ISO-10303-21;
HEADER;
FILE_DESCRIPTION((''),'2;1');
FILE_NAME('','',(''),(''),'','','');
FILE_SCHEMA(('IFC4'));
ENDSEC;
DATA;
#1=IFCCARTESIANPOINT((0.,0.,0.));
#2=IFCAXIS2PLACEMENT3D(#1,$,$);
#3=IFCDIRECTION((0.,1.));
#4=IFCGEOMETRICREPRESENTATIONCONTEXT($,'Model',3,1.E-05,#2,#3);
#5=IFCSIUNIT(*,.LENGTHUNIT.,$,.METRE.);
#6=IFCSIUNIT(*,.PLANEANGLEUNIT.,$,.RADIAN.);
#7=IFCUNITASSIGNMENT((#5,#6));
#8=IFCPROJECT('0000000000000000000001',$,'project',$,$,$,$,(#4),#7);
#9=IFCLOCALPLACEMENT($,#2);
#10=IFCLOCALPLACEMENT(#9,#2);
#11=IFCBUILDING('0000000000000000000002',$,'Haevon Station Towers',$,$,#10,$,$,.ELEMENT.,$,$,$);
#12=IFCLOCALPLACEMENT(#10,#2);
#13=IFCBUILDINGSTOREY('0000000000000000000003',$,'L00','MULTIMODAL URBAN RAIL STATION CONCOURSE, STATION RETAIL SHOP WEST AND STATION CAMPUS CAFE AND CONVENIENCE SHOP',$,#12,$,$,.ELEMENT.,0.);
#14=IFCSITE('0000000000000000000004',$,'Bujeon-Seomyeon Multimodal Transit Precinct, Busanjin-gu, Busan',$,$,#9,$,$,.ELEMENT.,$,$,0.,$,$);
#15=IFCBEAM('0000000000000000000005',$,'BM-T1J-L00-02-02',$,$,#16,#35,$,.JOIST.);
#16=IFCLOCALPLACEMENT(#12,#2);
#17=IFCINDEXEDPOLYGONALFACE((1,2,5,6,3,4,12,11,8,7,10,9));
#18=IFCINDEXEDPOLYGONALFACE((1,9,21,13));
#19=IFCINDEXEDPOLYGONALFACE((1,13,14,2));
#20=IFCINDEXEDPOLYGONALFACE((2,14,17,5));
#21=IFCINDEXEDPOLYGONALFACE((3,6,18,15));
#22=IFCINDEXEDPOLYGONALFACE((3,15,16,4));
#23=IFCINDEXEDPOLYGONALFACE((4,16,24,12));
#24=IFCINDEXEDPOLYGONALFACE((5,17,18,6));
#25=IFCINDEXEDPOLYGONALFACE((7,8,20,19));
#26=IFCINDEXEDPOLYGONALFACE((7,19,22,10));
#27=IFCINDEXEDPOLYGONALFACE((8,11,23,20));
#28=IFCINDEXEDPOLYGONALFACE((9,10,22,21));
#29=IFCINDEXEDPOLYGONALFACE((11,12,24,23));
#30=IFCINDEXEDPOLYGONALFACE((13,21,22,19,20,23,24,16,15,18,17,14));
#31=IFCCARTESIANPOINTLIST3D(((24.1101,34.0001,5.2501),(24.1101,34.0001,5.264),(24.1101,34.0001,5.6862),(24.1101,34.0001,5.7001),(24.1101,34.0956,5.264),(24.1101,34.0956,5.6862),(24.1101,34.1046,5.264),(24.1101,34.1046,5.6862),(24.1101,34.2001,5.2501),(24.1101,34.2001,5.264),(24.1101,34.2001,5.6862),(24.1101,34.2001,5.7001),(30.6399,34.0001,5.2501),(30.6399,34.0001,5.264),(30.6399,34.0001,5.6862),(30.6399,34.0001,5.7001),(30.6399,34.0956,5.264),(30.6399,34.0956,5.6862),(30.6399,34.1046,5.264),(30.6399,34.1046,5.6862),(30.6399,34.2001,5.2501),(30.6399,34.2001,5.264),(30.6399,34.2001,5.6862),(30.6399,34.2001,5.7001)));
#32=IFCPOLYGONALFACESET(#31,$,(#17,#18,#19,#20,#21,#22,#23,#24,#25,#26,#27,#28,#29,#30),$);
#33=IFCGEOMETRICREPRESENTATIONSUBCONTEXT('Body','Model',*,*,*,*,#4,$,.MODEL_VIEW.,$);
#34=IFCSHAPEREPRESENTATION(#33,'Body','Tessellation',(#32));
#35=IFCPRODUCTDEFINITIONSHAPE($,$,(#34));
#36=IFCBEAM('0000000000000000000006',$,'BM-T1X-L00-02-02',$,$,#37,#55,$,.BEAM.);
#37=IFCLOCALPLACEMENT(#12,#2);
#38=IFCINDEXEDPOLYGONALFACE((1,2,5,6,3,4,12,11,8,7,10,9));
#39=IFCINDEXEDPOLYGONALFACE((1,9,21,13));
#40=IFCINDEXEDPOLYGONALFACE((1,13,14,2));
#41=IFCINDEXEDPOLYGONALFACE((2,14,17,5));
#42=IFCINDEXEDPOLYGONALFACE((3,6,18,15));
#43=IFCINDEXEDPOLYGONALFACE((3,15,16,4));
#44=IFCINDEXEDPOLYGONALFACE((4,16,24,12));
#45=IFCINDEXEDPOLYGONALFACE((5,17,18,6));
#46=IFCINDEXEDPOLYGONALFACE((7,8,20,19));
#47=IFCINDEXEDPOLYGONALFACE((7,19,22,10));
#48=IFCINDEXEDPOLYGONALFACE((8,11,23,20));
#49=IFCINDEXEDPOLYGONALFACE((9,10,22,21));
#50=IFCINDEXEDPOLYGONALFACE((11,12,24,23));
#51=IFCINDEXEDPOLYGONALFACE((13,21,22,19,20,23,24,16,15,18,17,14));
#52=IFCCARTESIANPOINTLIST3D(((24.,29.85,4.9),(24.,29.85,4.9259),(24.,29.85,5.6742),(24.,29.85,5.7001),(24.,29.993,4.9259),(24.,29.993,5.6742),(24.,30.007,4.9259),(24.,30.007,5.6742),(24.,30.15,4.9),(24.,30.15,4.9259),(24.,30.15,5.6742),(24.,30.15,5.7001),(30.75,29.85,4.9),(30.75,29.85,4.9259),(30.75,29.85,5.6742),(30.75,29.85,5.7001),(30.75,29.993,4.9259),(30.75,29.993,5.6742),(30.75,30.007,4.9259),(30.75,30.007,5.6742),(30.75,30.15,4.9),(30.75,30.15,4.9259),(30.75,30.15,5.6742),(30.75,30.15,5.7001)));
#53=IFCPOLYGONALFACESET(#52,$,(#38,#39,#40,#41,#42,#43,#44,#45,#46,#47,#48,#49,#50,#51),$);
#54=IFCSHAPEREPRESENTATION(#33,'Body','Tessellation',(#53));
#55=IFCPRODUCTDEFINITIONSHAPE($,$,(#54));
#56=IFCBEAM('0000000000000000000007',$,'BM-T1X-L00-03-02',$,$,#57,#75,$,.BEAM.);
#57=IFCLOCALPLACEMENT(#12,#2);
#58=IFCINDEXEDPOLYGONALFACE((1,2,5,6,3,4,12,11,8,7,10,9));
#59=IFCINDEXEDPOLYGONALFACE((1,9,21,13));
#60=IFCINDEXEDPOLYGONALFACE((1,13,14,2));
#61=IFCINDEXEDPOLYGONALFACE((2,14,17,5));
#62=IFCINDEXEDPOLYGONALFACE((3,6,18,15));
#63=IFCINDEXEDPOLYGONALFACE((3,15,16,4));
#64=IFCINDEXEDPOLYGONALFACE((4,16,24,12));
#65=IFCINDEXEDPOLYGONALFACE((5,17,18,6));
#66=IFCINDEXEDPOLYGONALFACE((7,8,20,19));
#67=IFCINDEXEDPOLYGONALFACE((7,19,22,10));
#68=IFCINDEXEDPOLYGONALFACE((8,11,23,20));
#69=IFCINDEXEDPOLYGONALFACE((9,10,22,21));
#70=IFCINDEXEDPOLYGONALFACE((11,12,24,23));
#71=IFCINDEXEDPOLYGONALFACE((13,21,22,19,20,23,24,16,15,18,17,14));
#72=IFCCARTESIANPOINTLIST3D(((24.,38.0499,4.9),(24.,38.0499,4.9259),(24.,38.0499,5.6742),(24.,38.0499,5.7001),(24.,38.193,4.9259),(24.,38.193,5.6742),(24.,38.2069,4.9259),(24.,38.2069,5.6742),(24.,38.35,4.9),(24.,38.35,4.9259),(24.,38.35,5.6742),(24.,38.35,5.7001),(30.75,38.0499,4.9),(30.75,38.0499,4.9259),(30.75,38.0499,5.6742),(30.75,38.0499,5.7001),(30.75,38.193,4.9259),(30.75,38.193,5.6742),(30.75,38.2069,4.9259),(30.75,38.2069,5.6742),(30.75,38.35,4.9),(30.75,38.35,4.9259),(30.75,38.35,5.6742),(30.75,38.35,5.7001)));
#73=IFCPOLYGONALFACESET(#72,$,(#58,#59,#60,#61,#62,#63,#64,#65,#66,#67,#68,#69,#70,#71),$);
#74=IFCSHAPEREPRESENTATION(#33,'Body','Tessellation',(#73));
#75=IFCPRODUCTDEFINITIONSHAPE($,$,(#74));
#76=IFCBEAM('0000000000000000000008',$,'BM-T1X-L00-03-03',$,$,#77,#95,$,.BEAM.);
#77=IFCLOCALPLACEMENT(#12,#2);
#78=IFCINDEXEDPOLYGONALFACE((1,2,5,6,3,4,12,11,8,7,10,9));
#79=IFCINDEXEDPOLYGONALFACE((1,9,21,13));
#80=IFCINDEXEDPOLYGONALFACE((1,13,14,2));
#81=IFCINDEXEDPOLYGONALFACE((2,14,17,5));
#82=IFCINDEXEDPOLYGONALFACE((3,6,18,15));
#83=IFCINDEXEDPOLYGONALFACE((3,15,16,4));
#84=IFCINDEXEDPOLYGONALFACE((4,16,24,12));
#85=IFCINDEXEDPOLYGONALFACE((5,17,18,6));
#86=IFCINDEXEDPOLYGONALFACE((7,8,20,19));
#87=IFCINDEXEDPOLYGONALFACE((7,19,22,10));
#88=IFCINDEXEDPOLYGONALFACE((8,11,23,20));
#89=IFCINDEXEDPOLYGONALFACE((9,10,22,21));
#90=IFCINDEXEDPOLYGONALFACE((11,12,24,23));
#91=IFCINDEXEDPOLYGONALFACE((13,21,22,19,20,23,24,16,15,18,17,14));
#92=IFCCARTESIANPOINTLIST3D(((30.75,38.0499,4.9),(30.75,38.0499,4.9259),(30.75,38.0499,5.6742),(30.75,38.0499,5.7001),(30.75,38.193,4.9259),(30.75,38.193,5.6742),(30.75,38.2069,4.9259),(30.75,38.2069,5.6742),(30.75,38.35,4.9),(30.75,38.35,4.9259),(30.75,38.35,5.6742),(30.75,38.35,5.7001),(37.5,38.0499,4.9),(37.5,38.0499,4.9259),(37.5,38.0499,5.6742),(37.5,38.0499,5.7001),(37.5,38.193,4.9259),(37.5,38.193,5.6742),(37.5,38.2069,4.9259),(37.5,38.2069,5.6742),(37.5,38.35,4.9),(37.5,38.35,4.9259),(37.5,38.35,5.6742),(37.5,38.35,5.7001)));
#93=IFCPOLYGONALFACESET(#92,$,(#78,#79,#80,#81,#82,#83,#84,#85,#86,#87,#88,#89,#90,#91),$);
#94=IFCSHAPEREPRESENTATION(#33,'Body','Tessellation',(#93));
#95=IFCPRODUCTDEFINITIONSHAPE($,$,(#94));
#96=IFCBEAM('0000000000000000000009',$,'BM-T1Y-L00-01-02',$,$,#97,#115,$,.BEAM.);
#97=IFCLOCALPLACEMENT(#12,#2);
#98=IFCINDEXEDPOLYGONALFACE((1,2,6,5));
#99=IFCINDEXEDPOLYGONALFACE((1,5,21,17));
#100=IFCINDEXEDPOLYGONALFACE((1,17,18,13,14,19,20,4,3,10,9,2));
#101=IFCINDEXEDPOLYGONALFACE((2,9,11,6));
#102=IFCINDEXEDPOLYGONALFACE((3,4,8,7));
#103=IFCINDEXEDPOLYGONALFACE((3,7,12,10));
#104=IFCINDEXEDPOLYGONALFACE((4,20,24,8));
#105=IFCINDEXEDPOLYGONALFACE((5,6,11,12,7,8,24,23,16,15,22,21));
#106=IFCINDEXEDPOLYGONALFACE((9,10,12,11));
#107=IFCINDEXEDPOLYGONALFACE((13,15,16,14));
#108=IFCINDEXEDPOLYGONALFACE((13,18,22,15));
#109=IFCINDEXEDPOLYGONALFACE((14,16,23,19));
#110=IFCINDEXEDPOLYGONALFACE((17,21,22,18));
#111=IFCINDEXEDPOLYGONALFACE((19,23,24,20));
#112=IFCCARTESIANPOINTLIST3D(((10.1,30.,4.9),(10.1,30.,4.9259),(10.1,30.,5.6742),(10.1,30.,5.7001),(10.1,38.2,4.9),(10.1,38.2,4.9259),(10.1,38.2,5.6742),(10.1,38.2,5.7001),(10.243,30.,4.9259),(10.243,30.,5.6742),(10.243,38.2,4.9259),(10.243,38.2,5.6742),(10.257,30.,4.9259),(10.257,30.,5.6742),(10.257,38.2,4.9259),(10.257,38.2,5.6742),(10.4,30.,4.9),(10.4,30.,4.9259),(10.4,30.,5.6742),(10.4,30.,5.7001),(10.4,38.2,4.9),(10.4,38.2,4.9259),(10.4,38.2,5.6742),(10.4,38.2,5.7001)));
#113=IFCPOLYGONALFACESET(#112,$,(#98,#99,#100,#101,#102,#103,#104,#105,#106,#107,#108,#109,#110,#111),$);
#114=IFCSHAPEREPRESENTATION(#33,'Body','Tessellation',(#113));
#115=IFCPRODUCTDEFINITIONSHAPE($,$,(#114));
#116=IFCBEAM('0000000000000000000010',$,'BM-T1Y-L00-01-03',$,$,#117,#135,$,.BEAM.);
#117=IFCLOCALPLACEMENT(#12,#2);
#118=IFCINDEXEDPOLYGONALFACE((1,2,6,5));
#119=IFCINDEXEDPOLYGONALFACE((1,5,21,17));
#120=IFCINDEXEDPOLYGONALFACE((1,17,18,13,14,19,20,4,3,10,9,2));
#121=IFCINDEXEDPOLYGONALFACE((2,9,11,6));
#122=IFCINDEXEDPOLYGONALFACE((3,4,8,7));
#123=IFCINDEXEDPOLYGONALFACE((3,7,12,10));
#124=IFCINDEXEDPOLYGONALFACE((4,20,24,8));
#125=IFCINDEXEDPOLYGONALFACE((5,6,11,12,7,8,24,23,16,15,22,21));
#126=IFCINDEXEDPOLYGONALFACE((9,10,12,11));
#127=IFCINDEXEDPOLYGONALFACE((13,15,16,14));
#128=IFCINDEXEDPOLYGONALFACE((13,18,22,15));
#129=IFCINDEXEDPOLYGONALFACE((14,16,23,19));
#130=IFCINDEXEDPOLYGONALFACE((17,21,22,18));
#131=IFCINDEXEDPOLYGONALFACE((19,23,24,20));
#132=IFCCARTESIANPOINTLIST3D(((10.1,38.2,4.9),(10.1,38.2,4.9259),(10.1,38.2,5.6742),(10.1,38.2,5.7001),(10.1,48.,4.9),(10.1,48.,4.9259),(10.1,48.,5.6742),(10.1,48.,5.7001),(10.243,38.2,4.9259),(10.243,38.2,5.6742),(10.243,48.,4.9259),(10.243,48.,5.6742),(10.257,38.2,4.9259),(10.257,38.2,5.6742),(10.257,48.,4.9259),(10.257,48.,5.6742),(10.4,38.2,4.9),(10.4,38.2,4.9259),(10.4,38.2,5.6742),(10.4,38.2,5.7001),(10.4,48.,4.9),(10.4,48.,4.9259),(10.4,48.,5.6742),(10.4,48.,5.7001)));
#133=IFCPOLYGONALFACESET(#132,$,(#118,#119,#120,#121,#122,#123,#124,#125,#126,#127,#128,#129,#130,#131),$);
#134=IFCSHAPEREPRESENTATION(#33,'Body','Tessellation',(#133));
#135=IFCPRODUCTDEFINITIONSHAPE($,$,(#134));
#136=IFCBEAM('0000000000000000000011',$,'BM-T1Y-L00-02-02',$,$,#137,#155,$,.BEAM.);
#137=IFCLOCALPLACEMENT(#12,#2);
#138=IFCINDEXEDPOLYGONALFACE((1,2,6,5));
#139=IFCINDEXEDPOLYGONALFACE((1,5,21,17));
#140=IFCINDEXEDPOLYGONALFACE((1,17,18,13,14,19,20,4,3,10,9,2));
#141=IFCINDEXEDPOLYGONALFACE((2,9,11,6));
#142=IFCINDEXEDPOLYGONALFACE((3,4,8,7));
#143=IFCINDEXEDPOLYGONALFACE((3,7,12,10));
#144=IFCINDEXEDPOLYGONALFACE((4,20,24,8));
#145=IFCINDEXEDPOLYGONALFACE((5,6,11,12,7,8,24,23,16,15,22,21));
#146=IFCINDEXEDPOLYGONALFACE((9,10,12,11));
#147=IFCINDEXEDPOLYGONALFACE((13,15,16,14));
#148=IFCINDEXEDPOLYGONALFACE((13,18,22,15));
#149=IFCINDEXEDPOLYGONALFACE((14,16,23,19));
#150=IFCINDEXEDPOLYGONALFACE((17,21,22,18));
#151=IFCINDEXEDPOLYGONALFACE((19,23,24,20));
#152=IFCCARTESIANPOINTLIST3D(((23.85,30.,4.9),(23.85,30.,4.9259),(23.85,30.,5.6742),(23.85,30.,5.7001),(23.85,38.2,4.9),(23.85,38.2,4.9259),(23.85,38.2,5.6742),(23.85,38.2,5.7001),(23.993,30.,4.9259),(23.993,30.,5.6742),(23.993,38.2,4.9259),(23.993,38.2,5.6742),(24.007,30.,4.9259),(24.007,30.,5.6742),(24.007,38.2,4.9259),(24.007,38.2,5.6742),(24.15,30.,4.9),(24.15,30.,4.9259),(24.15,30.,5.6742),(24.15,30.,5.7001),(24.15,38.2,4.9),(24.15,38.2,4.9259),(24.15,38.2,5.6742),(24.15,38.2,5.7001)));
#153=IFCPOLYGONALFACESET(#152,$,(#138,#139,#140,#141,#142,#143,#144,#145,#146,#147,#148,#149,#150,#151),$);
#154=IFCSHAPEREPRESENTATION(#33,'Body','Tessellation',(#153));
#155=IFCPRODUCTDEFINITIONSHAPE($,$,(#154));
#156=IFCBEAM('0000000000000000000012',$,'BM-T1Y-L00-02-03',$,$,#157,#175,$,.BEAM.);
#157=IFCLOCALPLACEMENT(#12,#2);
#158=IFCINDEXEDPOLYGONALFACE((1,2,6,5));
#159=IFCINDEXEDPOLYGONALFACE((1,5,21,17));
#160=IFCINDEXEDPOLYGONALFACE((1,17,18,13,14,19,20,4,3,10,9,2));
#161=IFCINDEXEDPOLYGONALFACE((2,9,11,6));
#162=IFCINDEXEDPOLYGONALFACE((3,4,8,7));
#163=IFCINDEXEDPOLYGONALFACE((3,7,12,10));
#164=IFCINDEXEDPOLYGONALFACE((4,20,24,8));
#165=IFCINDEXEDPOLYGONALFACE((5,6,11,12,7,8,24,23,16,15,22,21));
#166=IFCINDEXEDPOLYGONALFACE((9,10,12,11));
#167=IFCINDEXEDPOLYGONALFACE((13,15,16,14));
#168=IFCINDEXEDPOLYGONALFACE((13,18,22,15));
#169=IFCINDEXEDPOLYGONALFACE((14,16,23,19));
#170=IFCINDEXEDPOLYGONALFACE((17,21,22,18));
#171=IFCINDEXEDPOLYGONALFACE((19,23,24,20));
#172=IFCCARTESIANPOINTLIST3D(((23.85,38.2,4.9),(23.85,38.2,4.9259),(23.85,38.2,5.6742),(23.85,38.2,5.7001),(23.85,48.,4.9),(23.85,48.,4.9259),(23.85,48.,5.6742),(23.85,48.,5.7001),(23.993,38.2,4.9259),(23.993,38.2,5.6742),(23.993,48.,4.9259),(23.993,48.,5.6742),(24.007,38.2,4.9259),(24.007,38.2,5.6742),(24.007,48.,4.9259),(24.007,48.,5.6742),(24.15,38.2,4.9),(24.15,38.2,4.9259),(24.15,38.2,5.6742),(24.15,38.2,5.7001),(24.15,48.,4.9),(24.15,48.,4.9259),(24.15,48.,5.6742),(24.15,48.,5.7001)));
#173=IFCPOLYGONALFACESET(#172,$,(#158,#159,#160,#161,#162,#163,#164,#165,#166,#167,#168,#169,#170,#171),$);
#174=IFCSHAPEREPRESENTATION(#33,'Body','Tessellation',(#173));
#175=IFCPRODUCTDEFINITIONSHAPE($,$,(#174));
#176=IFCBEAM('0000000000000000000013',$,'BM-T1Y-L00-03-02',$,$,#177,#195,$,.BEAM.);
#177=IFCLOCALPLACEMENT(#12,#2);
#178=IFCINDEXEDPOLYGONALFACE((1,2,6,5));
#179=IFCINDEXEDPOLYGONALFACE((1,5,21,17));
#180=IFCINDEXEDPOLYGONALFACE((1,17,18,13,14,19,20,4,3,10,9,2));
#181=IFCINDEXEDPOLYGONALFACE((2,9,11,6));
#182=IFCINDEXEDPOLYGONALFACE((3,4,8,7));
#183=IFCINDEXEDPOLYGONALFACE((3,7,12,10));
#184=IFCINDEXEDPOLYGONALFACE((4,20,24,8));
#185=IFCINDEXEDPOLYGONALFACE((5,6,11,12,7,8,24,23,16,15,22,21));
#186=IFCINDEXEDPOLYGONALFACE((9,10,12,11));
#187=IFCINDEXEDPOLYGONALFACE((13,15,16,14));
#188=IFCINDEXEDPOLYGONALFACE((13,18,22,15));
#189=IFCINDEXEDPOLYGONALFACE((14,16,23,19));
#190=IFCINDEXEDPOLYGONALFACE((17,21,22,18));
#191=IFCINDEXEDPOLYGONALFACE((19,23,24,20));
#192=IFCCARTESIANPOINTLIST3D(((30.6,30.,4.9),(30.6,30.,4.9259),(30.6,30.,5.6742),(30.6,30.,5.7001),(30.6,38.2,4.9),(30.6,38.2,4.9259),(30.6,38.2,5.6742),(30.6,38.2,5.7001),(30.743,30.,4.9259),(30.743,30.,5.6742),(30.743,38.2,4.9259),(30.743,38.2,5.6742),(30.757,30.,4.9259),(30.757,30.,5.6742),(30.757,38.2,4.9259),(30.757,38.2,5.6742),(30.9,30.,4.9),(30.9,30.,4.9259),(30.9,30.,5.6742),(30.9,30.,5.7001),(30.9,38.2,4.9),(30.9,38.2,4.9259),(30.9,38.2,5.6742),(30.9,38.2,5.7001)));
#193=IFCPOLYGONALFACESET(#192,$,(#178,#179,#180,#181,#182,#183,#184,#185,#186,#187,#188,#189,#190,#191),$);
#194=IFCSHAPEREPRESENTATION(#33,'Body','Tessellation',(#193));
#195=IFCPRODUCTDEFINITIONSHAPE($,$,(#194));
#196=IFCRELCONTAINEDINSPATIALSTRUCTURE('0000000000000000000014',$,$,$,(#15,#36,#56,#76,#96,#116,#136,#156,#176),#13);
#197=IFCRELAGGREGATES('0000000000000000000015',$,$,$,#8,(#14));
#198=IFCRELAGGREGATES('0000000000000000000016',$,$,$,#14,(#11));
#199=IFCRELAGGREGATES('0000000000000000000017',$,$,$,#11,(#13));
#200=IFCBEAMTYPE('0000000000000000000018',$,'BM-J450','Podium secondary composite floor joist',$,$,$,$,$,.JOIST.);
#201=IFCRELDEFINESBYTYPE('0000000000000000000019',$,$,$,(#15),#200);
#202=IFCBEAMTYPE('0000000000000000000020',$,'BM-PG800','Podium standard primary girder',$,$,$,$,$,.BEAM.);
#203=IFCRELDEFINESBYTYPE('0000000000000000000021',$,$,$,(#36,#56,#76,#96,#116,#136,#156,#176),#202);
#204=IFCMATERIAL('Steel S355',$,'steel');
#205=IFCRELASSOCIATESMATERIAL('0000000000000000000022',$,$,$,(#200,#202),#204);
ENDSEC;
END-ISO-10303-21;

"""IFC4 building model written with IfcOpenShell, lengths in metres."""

from ifc_helpers import new_model, si_unit, direction, frame, origin, origin_2d, place, context, subcontext, project, spatial, i_section, extrude, material, material_profile, profile_set, type_object, element, save


model = new_model("IFC4")

# Units and contexts
model_context = context("Model", 3, precision=1e-05, world=origin(), true_north=direction((0.0, 1.0)))
body_context = subcontext(model_context, "Body", "Model", "MODEL_VIEW")
ifc_project = project(units=[si_unit("LENGTHUNIT", "METRE"), si_unit("PLANEANGLEUNIT", "RADIAN")], contexts=[model_context])

# Site, building, storey
site_placement = place(None, origin())
site = spatial("IfcSite", under=ifc_project, at=site_placement, Name="Bujeon-Seomyeon Multimodal Transit Precinct, Busanjin-gu, Busan", CompositionType="ELEMENT", RefElevation=0.0)
building_placement = place(site_placement, origin())
building = spatial("IfcBuilding", under=site, at=building_placement, Name="Haevon Station Towers", CompositionType="ELEMENT")
storey_placement = place(building_placement, origin())
storey = spatial("IfcBuildingStorey", under=building, at=storey_placement, Name="L00", Description="MULTIMODAL URBAN RAIL STATION CONCOURSE, STATION RETAIL SHOP WEST AND STATION CAMPUS CAFE AND CONVENIENCE SHOP", CompositionType="ELEMENT", Elevation=0.0)

# Beams
ifc_material_1 = material(Name="Steel S355", Category="steel")
ifc_material_profile_1 = material_profile(ifc_material_1, i_section(OverallWidth=0.2, OverallDepth=0.45, WebThickness=0.009, FlangeThickness=0.0139, at=origin_2d()), Name="H-450x200x9x14")
ifc_profile_set_1 = profile_set([ifc_material_profile_1], Name="Steel S355")
beam_type_1 = type_object("IfcBeamType", Name="BM-J450", Description="Podium secondary composite floor joist", PredefinedType="JOIST", material=ifc_profile_set_1)
beam_1_placement = place(storey_placement, frame((24.1101, 34.1001, 5.4751), z_axis=(1.0, 0.0, 0.0), x_axis=(0.0, 1.0, 0.0)))
element("IfcBeam", 1, at=beam_1_placement, inside=storey, type_object=beam_type_1, Name="BM-T1J-L00-02-02", PredefinedType="JOIST", context=body_context, shape_type="SweptSolid", body=[
    extrude(i_section(OverallWidth=0.2, OverallDepth=0.45, WebThickness=0.009, FlangeThickness=0.0139, at=origin_2d()), origin(), (0.0, 0.0, 1.0), 6.5298),
])
ifc_material_profile_2 = material_profile(ifc_material_1, i_section(OverallWidth=0.3, OverallDepth=0.8, WebThickness=0.0139, FlangeThickness=0.0259, at=origin_2d()), Name="H-800x300x14x26")
ifc_profile_set_2 = profile_set([ifc_material_profile_2], Name="Steel S355")
beam_type_2 = type_object("IfcBeamType", Name="BM-PG800", Description="Podium standard primary girder", PredefinedType="BEAM", material=ifc_profile_set_2)
for number, where, z_axis, x_axis, name in (
    (2, (24.0, 30.0, 5.3), (1.0, 0.0, 0.0), (0.0, 1.0, 0.0), "BM-T1X-L00-02-02"),
    (3, (24.0, 38.2, 5.3), (1.0, 0.0, 0.0), (0.0, 1.0, 0.0), "BM-T1X-L00-03-02"),
    (4, (30.75, 38.2, 5.3), (1.0, 0.0, 0.0), (0.0, 1.0, 0.0), "BM-T1X-L00-03-03"),
):
    element("IfcBeam", number, at=place(storey_placement, frame(where, z_axis=z_axis, x_axis=x_axis)), inside=storey, type_object=beam_type_2, Name=name, PredefinedType="BEAM", context=body_context, shape_type="SweptSolid", body=[
        extrude(i_section(OverallWidth=0.3, OverallDepth=0.8, WebThickness=0.0139, FlangeThickness=0.0259, at=origin_2d()), origin(), (0.0, 0.0, 1.0), 6.75),
    ])
beam_2_placement = place(storey_placement, frame((10.25, 30.0, 5.3), z_axis=(0.0, 1.0, 0.0), x_axis=(-1.0, 0.0, 0.0)))
element("IfcBeam", 5, at=beam_2_placement, inside=storey, type_object=beam_type_2, Name="BM-T1Y-L00-01-02", PredefinedType="BEAM", context=body_context, shape_type="SweptSolid", body=[
    extrude(i_section(OverallWidth=0.3, OverallDepth=0.8, WebThickness=0.0139, FlangeThickness=0.0259, at=origin_2d()), origin(), (0.0, 0.0, 1.0), 8.2),
])
beam_3_placement = place(storey_placement, frame((10.25, 38.2, 5.3), z_axis=(0.0, 1.0, 0.0), x_axis=(-1.0, 0.0, 0.0)))
element("IfcBeam", 6, at=beam_3_placement, inside=storey, type_object=beam_type_2, Name="BM-T1Y-L00-01-03", PredefinedType="BEAM", context=body_context, shape_type="SweptSolid", body=[
    extrude(i_section(OverallWidth=0.3, OverallDepth=0.8, WebThickness=0.0139, FlangeThickness=0.0259, at=origin_2d()), origin(), (0.0, 0.0, 1.0), 9.8),
])
beam_4_placement = place(storey_placement, frame((24.0, 30.0, 5.3), z_axis=(0.0, 1.0, 0.0), x_axis=(-1.0, 0.0, 0.0)))
element("IfcBeam", 7, at=beam_4_placement, inside=storey, type_object=beam_type_2, Name="BM-T1Y-L00-02-02", PredefinedType="BEAM", context=body_context, shape_type="SweptSolid", body=[
    extrude(i_section(OverallWidth=0.3, OverallDepth=0.8, WebThickness=0.0139, FlangeThickness=0.0259, at=origin_2d()), origin(), (0.0, 0.0, 1.0), 8.2),
])
beam_5_placement = place(storey_placement, frame((24.0, 38.2, 5.3), z_axis=(0.0, 1.0, 0.0), x_axis=(-1.0, 0.0, 0.0)))
element("IfcBeam", 8, at=beam_5_placement, inside=storey, type_object=beam_type_2, Name="BM-T1Y-L00-02-03", PredefinedType="BEAM", context=body_context, shape_type="SweptSolid", body=[
    extrude(i_section(OverallWidth=0.3, OverallDepth=0.8, WebThickness=0.0139, FlangeThickness=0.0259, at=origin_2d()), origin(), (0.0, 0.0, 1.0), 9.8),
])
beam_6_placement = place(storey_placement, frame((30.75, 30.0, 5.3), z_axis=(0.0, 1.0, 0.0), x_axis=(-1.0, 0.0, 0.0)))
element("IfcBeam", 9, at=beam_6_placement, inside=storey, type_object=beam_type_2, Name="BM-T1Y-L00-03-02", PredefinedType="BEAM", context=body_context, shape_type="SweptSolid", body=[
    extrude(i_section(OverallWidth=0.3, OverallDepth=0.8, WebThickness=0.0139, FlangeThickness=0.0259, at=origin_2d()), origin(), (0.0, 0.0, 1.0), 8.2),
])

save(model, "model.ifc")
